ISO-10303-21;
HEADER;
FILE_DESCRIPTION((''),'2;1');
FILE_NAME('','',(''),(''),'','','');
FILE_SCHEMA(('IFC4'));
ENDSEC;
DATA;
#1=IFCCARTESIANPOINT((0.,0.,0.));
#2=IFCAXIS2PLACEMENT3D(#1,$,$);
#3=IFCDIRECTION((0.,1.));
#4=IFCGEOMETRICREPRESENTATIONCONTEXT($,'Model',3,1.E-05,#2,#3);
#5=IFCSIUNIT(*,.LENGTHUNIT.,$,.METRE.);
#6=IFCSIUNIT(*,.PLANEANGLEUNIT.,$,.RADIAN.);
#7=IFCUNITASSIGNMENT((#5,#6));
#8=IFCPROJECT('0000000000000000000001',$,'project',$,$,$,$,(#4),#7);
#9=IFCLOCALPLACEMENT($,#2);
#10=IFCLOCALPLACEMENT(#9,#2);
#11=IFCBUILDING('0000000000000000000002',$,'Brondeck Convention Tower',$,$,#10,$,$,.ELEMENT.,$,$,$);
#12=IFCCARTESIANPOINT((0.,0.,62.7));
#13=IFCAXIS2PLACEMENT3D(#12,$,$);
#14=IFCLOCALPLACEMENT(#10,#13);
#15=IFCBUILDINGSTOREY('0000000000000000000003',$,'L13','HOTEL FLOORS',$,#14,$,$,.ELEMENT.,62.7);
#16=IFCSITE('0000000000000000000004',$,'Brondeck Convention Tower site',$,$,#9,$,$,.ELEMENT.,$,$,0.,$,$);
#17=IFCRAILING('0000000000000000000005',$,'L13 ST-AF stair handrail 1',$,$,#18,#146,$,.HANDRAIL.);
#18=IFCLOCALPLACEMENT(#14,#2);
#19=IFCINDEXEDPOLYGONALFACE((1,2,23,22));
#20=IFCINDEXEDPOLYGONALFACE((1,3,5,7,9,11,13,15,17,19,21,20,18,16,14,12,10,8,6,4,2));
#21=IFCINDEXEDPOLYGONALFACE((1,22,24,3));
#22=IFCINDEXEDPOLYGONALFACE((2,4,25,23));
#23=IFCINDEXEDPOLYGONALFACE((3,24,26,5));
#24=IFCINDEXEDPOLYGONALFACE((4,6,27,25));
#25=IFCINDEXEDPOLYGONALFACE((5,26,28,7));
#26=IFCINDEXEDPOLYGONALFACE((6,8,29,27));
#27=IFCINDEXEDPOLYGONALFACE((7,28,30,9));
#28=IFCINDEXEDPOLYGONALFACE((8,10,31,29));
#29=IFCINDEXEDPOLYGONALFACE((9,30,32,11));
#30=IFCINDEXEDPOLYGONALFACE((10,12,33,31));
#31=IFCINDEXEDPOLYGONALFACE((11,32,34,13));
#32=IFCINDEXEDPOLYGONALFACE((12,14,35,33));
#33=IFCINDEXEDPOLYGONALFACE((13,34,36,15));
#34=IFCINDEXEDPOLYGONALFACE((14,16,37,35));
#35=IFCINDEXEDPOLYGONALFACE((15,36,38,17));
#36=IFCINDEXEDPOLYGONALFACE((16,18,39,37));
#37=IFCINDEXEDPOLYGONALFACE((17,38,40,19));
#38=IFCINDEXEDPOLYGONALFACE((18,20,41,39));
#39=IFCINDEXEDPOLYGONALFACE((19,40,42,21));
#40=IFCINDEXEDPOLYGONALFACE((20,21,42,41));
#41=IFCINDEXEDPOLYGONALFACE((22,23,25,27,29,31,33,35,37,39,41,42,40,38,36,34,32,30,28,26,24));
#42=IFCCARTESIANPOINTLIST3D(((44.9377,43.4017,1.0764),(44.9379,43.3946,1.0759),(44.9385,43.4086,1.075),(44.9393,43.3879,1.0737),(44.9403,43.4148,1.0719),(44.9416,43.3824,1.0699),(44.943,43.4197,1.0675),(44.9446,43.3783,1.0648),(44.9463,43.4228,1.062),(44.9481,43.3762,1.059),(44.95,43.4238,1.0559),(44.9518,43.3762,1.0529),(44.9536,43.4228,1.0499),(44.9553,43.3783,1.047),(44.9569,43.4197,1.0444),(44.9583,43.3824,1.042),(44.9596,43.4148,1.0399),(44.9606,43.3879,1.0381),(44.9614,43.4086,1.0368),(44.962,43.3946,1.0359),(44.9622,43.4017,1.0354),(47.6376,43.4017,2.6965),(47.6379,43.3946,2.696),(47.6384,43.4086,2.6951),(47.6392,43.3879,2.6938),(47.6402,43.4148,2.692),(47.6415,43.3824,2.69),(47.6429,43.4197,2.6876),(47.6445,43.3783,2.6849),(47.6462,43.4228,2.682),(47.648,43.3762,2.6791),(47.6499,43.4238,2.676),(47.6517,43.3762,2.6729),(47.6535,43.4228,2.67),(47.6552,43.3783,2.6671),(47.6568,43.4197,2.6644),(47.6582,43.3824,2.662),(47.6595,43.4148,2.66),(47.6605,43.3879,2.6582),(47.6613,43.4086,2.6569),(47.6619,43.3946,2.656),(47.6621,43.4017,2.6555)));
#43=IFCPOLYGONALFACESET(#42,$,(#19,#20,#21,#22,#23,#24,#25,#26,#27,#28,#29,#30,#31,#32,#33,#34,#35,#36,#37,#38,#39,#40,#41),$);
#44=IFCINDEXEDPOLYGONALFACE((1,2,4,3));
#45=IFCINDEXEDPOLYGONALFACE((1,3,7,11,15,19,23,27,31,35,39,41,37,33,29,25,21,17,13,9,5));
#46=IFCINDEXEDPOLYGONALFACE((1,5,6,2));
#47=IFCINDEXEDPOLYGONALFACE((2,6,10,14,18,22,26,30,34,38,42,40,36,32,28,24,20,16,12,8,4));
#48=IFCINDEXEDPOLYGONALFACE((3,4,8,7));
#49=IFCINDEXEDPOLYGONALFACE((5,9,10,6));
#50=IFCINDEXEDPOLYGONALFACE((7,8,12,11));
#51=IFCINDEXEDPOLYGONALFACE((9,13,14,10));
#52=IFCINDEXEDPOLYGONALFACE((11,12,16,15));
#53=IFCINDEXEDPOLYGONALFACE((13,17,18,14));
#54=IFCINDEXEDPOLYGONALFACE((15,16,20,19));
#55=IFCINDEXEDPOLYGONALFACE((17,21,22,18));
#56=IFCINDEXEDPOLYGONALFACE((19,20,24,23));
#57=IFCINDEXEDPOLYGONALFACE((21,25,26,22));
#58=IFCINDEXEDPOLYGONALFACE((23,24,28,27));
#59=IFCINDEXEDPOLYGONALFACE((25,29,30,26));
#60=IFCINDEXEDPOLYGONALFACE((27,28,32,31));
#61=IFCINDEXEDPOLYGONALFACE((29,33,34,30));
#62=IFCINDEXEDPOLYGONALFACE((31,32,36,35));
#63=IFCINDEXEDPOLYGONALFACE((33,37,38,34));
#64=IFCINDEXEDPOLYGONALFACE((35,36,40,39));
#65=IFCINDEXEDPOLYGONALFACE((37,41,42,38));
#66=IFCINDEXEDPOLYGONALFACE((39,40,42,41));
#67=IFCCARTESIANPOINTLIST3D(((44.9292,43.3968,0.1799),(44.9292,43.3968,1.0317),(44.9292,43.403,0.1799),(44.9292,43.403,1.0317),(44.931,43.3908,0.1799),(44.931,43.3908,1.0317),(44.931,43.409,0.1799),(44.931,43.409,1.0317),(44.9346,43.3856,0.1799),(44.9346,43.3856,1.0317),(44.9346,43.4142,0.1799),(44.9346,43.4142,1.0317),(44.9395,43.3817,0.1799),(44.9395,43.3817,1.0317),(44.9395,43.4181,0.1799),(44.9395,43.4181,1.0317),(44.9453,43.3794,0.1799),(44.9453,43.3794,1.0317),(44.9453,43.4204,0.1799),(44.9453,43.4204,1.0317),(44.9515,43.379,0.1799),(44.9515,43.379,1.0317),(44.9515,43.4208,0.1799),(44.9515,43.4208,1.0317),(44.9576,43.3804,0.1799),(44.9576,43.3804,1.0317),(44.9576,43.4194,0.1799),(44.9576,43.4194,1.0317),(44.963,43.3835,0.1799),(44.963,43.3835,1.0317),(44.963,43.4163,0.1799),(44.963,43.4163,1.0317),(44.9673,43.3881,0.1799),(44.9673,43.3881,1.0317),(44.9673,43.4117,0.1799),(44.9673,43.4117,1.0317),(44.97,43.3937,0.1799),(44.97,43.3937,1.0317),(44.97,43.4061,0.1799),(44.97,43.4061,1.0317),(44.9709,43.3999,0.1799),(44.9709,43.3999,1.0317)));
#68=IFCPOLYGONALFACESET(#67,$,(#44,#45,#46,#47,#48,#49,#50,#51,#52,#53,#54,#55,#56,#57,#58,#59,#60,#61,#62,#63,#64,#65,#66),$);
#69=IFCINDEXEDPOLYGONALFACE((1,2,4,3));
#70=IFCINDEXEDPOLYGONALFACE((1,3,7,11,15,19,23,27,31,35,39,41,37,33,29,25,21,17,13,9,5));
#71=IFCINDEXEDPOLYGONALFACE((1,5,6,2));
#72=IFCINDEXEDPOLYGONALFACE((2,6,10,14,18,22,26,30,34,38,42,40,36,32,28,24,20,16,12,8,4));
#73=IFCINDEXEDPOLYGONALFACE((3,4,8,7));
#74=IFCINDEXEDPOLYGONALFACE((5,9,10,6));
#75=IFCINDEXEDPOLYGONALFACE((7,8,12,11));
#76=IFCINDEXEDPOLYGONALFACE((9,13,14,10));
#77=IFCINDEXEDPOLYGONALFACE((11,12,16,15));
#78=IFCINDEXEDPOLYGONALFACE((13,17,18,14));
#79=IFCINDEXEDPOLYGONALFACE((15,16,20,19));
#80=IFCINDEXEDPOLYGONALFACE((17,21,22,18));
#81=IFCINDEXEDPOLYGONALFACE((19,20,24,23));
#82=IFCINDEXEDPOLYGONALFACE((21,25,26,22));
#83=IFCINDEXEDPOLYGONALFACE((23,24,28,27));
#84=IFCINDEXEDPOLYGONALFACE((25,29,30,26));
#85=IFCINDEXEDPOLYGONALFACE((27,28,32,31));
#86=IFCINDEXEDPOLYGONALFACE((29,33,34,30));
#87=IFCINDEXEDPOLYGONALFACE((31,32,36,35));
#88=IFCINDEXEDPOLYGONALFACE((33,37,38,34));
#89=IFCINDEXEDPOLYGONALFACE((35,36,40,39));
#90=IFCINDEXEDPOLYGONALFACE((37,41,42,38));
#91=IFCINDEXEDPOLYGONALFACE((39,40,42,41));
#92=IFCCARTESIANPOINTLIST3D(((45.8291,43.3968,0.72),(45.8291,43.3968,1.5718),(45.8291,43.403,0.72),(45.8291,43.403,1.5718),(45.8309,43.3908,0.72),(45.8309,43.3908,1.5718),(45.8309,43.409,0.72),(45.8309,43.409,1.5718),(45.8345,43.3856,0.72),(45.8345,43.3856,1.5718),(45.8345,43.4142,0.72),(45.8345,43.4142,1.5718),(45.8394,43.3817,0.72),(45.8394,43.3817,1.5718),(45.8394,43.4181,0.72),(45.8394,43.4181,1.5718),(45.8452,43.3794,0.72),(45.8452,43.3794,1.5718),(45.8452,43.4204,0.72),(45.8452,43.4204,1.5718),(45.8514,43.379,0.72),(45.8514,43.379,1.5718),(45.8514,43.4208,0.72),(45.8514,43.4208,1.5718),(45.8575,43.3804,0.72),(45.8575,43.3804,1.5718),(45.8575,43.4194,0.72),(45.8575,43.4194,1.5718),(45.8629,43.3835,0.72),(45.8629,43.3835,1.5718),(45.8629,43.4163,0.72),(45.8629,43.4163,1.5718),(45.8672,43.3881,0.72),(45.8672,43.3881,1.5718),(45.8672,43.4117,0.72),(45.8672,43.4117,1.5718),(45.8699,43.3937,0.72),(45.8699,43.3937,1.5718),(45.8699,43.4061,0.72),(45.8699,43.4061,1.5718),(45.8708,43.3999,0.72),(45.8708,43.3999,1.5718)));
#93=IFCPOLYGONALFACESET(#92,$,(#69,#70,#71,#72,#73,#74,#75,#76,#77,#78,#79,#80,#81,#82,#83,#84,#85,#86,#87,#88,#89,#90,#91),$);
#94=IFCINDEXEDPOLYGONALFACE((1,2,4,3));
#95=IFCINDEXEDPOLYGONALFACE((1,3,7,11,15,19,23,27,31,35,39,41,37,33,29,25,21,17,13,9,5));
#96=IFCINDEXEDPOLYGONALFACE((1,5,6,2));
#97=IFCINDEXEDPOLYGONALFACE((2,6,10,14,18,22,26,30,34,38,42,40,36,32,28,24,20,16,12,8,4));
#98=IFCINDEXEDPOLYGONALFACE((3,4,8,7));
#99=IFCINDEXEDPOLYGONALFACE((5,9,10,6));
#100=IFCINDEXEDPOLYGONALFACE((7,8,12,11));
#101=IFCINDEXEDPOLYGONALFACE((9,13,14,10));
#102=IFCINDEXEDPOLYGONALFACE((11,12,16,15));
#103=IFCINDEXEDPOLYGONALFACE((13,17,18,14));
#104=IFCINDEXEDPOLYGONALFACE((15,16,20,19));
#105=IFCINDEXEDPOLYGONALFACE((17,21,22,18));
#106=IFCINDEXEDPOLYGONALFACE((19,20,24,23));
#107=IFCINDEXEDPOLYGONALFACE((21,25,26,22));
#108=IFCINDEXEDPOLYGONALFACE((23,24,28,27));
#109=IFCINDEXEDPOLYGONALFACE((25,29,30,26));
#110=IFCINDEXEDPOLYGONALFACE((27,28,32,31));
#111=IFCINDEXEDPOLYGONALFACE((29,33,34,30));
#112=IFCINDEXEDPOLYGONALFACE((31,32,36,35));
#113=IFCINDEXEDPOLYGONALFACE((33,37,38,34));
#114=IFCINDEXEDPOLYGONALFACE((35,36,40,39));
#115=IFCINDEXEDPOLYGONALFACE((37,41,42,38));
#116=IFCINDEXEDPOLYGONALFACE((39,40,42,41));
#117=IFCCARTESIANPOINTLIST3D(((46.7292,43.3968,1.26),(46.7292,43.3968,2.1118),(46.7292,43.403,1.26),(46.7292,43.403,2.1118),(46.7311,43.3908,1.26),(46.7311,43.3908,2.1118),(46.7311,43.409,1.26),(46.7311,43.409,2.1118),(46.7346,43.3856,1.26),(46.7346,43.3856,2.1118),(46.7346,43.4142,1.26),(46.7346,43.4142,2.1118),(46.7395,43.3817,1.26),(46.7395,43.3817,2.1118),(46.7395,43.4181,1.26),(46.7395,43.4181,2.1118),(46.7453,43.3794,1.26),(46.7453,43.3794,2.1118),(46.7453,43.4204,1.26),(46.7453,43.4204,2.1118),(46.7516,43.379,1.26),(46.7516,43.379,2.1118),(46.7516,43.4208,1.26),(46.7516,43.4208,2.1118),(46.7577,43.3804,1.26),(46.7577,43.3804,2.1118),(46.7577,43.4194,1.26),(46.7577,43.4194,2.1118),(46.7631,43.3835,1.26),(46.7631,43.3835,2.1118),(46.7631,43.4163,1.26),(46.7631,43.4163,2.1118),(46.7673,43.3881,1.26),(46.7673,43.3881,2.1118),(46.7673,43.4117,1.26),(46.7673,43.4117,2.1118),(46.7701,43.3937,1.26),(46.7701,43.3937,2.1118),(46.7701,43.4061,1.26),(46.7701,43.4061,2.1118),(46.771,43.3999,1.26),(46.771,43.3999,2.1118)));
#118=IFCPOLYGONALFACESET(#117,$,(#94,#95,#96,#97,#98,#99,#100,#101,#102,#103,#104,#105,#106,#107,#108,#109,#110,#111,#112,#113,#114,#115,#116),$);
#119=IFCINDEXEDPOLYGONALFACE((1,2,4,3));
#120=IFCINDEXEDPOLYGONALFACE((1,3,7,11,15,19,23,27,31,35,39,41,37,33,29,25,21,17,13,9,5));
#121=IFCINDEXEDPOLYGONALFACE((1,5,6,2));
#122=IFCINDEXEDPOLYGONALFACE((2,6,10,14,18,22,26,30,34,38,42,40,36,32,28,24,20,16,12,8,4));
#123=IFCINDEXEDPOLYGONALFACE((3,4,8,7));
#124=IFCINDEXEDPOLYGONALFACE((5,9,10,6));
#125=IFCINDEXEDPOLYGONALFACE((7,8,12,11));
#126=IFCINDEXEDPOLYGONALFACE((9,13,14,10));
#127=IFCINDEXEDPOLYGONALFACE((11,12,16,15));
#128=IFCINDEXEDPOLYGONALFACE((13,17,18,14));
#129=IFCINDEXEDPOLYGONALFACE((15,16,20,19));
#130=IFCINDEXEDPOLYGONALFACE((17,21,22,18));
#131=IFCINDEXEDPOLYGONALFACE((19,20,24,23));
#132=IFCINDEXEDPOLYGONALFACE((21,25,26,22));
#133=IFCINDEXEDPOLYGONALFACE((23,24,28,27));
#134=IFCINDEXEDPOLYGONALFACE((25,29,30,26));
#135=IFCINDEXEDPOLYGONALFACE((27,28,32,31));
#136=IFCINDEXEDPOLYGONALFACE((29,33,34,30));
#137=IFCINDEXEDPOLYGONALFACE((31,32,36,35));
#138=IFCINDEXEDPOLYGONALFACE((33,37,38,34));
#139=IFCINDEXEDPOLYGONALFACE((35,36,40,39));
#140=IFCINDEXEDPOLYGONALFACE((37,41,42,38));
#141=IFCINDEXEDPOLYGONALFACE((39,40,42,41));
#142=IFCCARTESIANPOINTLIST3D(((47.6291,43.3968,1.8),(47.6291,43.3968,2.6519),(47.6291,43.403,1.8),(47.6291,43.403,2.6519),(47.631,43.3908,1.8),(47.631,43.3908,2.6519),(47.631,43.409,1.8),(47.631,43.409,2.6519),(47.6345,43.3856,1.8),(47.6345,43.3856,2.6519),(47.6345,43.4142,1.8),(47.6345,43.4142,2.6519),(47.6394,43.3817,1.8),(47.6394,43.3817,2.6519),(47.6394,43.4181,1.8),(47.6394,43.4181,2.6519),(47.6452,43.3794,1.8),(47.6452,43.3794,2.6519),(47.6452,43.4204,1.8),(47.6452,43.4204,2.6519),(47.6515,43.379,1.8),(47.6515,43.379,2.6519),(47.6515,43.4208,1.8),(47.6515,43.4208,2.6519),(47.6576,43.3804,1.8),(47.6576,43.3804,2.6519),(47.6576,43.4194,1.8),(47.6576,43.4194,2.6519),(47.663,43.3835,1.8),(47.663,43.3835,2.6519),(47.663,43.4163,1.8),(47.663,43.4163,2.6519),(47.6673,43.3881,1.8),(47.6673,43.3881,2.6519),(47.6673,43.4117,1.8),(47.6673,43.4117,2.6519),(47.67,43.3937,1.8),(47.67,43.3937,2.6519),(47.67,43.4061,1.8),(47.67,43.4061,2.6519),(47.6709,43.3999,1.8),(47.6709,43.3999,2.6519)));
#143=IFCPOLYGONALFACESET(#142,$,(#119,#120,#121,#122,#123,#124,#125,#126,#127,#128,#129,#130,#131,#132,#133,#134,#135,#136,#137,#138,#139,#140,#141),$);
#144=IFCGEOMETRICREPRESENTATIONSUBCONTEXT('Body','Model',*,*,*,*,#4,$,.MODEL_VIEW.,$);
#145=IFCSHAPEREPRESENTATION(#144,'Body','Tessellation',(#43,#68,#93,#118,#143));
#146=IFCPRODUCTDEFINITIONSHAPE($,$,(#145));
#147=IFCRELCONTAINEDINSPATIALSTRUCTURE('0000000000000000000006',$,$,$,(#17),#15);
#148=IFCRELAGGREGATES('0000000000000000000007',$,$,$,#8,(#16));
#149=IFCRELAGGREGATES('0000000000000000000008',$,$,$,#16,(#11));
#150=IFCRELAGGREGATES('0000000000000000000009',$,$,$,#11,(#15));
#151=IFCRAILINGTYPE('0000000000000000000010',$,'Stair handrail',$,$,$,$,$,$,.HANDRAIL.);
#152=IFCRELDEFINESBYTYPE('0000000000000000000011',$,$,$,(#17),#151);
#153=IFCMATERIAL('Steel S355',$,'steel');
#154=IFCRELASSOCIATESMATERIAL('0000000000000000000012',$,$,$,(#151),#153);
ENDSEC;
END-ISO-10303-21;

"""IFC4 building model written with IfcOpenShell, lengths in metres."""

from ifc_helpers import new_model, si_unit, direction, frame, origin, origin_2d, place, context, subcontext, project, spatial, circle, extrude, material, type_object, element, save


model = new_model("IFC4")

# Units and contexts
model_context = context("Model", 3, precision=1e-05, world=origin(), true_north=direction((0.0, 1.0)))
body_context = subcontext(model_context, "Body", "Model", "MODEL_VIEW")
ifc_project = project(units=[si_unit("LENGTHUNIT", "METRE"), si_unit("PLANEANGLEUNIT", "RADIAN")], contexts=[model_context])

# Site, building, storey
site_placement = place(None, origin())
site = spatial("IfcSite", under=ifc_project, at=site_placement, Name="Brondeck Convention Tower site", CompositionType="ELEMENT", RefElevation=0.0)
building_placement = place(site_placement, origin())
building = spatial("IfcBuilding", under=site, at=building_placement, Name="Brondeck Convention Tower", CompositionType="ELEMENT")
storey_placement = place(building_placement, frame((0.0, 0.0, 62.7)))
storey = spatial("IfcBuildingStorey", under=building, at=storey_placement, Name="L13", Description="HOTEL FLOORS", CompositionType="ELEMENT", Elevation=62.7)

# Shared definitions
ifc_material_1 = material(Name="Steel S355", Category="steel")

# Railing
railing_type_1 = type_object("IfcRailingType", Name="Stair handrail", PredefinedType="HANDRAIL", material=ifc_material_1)
railing_1_placement = place(storey_placement, frame((44.95, 43.3999, 0.1799)))
element("IfcRailing", 1, at=railing_1_placement, inside=storey, type_object=railing_type_1, Name="L13 ST-AF stair handrail 1", PredefinedType="HANDRAIL", context=body_context, shape_type="SweptSolid", body=[
    extrude(circle(Radius=0.0239, at=origin_2d()), frame((0.0, 0.0, 0.876), z_axis=(0.857472, 0.0, 0.51453), x_axis=(0.0, 1.0, 0.0)), (0.0, 0.0, 1.0), 3.1487),
    extrude(circle(Radius=0.021, at=origin_2d()), origin(), (0.0, 0.0, 1.0), 0.8518),
    extrude(circle(Radius=0.021, at=origin_2d()), frame((0.8999, 0.0, 0.54)), (0.0, 0.0, 1.0), 0.8518),
    extrude(circle(Radius=0.021, at=origin_2d()), frame((1.8, 0.0, 1.0801)), (0.0, 0.0, 1.0), 0.8518),
    extrude(circle(Radius=0.021, at=origin_2d()), frame((2.7, 0.0, 1.6201)), (0.0, 0.0, 1.0), 0.8518),
])

save(model, "model.ifc")
